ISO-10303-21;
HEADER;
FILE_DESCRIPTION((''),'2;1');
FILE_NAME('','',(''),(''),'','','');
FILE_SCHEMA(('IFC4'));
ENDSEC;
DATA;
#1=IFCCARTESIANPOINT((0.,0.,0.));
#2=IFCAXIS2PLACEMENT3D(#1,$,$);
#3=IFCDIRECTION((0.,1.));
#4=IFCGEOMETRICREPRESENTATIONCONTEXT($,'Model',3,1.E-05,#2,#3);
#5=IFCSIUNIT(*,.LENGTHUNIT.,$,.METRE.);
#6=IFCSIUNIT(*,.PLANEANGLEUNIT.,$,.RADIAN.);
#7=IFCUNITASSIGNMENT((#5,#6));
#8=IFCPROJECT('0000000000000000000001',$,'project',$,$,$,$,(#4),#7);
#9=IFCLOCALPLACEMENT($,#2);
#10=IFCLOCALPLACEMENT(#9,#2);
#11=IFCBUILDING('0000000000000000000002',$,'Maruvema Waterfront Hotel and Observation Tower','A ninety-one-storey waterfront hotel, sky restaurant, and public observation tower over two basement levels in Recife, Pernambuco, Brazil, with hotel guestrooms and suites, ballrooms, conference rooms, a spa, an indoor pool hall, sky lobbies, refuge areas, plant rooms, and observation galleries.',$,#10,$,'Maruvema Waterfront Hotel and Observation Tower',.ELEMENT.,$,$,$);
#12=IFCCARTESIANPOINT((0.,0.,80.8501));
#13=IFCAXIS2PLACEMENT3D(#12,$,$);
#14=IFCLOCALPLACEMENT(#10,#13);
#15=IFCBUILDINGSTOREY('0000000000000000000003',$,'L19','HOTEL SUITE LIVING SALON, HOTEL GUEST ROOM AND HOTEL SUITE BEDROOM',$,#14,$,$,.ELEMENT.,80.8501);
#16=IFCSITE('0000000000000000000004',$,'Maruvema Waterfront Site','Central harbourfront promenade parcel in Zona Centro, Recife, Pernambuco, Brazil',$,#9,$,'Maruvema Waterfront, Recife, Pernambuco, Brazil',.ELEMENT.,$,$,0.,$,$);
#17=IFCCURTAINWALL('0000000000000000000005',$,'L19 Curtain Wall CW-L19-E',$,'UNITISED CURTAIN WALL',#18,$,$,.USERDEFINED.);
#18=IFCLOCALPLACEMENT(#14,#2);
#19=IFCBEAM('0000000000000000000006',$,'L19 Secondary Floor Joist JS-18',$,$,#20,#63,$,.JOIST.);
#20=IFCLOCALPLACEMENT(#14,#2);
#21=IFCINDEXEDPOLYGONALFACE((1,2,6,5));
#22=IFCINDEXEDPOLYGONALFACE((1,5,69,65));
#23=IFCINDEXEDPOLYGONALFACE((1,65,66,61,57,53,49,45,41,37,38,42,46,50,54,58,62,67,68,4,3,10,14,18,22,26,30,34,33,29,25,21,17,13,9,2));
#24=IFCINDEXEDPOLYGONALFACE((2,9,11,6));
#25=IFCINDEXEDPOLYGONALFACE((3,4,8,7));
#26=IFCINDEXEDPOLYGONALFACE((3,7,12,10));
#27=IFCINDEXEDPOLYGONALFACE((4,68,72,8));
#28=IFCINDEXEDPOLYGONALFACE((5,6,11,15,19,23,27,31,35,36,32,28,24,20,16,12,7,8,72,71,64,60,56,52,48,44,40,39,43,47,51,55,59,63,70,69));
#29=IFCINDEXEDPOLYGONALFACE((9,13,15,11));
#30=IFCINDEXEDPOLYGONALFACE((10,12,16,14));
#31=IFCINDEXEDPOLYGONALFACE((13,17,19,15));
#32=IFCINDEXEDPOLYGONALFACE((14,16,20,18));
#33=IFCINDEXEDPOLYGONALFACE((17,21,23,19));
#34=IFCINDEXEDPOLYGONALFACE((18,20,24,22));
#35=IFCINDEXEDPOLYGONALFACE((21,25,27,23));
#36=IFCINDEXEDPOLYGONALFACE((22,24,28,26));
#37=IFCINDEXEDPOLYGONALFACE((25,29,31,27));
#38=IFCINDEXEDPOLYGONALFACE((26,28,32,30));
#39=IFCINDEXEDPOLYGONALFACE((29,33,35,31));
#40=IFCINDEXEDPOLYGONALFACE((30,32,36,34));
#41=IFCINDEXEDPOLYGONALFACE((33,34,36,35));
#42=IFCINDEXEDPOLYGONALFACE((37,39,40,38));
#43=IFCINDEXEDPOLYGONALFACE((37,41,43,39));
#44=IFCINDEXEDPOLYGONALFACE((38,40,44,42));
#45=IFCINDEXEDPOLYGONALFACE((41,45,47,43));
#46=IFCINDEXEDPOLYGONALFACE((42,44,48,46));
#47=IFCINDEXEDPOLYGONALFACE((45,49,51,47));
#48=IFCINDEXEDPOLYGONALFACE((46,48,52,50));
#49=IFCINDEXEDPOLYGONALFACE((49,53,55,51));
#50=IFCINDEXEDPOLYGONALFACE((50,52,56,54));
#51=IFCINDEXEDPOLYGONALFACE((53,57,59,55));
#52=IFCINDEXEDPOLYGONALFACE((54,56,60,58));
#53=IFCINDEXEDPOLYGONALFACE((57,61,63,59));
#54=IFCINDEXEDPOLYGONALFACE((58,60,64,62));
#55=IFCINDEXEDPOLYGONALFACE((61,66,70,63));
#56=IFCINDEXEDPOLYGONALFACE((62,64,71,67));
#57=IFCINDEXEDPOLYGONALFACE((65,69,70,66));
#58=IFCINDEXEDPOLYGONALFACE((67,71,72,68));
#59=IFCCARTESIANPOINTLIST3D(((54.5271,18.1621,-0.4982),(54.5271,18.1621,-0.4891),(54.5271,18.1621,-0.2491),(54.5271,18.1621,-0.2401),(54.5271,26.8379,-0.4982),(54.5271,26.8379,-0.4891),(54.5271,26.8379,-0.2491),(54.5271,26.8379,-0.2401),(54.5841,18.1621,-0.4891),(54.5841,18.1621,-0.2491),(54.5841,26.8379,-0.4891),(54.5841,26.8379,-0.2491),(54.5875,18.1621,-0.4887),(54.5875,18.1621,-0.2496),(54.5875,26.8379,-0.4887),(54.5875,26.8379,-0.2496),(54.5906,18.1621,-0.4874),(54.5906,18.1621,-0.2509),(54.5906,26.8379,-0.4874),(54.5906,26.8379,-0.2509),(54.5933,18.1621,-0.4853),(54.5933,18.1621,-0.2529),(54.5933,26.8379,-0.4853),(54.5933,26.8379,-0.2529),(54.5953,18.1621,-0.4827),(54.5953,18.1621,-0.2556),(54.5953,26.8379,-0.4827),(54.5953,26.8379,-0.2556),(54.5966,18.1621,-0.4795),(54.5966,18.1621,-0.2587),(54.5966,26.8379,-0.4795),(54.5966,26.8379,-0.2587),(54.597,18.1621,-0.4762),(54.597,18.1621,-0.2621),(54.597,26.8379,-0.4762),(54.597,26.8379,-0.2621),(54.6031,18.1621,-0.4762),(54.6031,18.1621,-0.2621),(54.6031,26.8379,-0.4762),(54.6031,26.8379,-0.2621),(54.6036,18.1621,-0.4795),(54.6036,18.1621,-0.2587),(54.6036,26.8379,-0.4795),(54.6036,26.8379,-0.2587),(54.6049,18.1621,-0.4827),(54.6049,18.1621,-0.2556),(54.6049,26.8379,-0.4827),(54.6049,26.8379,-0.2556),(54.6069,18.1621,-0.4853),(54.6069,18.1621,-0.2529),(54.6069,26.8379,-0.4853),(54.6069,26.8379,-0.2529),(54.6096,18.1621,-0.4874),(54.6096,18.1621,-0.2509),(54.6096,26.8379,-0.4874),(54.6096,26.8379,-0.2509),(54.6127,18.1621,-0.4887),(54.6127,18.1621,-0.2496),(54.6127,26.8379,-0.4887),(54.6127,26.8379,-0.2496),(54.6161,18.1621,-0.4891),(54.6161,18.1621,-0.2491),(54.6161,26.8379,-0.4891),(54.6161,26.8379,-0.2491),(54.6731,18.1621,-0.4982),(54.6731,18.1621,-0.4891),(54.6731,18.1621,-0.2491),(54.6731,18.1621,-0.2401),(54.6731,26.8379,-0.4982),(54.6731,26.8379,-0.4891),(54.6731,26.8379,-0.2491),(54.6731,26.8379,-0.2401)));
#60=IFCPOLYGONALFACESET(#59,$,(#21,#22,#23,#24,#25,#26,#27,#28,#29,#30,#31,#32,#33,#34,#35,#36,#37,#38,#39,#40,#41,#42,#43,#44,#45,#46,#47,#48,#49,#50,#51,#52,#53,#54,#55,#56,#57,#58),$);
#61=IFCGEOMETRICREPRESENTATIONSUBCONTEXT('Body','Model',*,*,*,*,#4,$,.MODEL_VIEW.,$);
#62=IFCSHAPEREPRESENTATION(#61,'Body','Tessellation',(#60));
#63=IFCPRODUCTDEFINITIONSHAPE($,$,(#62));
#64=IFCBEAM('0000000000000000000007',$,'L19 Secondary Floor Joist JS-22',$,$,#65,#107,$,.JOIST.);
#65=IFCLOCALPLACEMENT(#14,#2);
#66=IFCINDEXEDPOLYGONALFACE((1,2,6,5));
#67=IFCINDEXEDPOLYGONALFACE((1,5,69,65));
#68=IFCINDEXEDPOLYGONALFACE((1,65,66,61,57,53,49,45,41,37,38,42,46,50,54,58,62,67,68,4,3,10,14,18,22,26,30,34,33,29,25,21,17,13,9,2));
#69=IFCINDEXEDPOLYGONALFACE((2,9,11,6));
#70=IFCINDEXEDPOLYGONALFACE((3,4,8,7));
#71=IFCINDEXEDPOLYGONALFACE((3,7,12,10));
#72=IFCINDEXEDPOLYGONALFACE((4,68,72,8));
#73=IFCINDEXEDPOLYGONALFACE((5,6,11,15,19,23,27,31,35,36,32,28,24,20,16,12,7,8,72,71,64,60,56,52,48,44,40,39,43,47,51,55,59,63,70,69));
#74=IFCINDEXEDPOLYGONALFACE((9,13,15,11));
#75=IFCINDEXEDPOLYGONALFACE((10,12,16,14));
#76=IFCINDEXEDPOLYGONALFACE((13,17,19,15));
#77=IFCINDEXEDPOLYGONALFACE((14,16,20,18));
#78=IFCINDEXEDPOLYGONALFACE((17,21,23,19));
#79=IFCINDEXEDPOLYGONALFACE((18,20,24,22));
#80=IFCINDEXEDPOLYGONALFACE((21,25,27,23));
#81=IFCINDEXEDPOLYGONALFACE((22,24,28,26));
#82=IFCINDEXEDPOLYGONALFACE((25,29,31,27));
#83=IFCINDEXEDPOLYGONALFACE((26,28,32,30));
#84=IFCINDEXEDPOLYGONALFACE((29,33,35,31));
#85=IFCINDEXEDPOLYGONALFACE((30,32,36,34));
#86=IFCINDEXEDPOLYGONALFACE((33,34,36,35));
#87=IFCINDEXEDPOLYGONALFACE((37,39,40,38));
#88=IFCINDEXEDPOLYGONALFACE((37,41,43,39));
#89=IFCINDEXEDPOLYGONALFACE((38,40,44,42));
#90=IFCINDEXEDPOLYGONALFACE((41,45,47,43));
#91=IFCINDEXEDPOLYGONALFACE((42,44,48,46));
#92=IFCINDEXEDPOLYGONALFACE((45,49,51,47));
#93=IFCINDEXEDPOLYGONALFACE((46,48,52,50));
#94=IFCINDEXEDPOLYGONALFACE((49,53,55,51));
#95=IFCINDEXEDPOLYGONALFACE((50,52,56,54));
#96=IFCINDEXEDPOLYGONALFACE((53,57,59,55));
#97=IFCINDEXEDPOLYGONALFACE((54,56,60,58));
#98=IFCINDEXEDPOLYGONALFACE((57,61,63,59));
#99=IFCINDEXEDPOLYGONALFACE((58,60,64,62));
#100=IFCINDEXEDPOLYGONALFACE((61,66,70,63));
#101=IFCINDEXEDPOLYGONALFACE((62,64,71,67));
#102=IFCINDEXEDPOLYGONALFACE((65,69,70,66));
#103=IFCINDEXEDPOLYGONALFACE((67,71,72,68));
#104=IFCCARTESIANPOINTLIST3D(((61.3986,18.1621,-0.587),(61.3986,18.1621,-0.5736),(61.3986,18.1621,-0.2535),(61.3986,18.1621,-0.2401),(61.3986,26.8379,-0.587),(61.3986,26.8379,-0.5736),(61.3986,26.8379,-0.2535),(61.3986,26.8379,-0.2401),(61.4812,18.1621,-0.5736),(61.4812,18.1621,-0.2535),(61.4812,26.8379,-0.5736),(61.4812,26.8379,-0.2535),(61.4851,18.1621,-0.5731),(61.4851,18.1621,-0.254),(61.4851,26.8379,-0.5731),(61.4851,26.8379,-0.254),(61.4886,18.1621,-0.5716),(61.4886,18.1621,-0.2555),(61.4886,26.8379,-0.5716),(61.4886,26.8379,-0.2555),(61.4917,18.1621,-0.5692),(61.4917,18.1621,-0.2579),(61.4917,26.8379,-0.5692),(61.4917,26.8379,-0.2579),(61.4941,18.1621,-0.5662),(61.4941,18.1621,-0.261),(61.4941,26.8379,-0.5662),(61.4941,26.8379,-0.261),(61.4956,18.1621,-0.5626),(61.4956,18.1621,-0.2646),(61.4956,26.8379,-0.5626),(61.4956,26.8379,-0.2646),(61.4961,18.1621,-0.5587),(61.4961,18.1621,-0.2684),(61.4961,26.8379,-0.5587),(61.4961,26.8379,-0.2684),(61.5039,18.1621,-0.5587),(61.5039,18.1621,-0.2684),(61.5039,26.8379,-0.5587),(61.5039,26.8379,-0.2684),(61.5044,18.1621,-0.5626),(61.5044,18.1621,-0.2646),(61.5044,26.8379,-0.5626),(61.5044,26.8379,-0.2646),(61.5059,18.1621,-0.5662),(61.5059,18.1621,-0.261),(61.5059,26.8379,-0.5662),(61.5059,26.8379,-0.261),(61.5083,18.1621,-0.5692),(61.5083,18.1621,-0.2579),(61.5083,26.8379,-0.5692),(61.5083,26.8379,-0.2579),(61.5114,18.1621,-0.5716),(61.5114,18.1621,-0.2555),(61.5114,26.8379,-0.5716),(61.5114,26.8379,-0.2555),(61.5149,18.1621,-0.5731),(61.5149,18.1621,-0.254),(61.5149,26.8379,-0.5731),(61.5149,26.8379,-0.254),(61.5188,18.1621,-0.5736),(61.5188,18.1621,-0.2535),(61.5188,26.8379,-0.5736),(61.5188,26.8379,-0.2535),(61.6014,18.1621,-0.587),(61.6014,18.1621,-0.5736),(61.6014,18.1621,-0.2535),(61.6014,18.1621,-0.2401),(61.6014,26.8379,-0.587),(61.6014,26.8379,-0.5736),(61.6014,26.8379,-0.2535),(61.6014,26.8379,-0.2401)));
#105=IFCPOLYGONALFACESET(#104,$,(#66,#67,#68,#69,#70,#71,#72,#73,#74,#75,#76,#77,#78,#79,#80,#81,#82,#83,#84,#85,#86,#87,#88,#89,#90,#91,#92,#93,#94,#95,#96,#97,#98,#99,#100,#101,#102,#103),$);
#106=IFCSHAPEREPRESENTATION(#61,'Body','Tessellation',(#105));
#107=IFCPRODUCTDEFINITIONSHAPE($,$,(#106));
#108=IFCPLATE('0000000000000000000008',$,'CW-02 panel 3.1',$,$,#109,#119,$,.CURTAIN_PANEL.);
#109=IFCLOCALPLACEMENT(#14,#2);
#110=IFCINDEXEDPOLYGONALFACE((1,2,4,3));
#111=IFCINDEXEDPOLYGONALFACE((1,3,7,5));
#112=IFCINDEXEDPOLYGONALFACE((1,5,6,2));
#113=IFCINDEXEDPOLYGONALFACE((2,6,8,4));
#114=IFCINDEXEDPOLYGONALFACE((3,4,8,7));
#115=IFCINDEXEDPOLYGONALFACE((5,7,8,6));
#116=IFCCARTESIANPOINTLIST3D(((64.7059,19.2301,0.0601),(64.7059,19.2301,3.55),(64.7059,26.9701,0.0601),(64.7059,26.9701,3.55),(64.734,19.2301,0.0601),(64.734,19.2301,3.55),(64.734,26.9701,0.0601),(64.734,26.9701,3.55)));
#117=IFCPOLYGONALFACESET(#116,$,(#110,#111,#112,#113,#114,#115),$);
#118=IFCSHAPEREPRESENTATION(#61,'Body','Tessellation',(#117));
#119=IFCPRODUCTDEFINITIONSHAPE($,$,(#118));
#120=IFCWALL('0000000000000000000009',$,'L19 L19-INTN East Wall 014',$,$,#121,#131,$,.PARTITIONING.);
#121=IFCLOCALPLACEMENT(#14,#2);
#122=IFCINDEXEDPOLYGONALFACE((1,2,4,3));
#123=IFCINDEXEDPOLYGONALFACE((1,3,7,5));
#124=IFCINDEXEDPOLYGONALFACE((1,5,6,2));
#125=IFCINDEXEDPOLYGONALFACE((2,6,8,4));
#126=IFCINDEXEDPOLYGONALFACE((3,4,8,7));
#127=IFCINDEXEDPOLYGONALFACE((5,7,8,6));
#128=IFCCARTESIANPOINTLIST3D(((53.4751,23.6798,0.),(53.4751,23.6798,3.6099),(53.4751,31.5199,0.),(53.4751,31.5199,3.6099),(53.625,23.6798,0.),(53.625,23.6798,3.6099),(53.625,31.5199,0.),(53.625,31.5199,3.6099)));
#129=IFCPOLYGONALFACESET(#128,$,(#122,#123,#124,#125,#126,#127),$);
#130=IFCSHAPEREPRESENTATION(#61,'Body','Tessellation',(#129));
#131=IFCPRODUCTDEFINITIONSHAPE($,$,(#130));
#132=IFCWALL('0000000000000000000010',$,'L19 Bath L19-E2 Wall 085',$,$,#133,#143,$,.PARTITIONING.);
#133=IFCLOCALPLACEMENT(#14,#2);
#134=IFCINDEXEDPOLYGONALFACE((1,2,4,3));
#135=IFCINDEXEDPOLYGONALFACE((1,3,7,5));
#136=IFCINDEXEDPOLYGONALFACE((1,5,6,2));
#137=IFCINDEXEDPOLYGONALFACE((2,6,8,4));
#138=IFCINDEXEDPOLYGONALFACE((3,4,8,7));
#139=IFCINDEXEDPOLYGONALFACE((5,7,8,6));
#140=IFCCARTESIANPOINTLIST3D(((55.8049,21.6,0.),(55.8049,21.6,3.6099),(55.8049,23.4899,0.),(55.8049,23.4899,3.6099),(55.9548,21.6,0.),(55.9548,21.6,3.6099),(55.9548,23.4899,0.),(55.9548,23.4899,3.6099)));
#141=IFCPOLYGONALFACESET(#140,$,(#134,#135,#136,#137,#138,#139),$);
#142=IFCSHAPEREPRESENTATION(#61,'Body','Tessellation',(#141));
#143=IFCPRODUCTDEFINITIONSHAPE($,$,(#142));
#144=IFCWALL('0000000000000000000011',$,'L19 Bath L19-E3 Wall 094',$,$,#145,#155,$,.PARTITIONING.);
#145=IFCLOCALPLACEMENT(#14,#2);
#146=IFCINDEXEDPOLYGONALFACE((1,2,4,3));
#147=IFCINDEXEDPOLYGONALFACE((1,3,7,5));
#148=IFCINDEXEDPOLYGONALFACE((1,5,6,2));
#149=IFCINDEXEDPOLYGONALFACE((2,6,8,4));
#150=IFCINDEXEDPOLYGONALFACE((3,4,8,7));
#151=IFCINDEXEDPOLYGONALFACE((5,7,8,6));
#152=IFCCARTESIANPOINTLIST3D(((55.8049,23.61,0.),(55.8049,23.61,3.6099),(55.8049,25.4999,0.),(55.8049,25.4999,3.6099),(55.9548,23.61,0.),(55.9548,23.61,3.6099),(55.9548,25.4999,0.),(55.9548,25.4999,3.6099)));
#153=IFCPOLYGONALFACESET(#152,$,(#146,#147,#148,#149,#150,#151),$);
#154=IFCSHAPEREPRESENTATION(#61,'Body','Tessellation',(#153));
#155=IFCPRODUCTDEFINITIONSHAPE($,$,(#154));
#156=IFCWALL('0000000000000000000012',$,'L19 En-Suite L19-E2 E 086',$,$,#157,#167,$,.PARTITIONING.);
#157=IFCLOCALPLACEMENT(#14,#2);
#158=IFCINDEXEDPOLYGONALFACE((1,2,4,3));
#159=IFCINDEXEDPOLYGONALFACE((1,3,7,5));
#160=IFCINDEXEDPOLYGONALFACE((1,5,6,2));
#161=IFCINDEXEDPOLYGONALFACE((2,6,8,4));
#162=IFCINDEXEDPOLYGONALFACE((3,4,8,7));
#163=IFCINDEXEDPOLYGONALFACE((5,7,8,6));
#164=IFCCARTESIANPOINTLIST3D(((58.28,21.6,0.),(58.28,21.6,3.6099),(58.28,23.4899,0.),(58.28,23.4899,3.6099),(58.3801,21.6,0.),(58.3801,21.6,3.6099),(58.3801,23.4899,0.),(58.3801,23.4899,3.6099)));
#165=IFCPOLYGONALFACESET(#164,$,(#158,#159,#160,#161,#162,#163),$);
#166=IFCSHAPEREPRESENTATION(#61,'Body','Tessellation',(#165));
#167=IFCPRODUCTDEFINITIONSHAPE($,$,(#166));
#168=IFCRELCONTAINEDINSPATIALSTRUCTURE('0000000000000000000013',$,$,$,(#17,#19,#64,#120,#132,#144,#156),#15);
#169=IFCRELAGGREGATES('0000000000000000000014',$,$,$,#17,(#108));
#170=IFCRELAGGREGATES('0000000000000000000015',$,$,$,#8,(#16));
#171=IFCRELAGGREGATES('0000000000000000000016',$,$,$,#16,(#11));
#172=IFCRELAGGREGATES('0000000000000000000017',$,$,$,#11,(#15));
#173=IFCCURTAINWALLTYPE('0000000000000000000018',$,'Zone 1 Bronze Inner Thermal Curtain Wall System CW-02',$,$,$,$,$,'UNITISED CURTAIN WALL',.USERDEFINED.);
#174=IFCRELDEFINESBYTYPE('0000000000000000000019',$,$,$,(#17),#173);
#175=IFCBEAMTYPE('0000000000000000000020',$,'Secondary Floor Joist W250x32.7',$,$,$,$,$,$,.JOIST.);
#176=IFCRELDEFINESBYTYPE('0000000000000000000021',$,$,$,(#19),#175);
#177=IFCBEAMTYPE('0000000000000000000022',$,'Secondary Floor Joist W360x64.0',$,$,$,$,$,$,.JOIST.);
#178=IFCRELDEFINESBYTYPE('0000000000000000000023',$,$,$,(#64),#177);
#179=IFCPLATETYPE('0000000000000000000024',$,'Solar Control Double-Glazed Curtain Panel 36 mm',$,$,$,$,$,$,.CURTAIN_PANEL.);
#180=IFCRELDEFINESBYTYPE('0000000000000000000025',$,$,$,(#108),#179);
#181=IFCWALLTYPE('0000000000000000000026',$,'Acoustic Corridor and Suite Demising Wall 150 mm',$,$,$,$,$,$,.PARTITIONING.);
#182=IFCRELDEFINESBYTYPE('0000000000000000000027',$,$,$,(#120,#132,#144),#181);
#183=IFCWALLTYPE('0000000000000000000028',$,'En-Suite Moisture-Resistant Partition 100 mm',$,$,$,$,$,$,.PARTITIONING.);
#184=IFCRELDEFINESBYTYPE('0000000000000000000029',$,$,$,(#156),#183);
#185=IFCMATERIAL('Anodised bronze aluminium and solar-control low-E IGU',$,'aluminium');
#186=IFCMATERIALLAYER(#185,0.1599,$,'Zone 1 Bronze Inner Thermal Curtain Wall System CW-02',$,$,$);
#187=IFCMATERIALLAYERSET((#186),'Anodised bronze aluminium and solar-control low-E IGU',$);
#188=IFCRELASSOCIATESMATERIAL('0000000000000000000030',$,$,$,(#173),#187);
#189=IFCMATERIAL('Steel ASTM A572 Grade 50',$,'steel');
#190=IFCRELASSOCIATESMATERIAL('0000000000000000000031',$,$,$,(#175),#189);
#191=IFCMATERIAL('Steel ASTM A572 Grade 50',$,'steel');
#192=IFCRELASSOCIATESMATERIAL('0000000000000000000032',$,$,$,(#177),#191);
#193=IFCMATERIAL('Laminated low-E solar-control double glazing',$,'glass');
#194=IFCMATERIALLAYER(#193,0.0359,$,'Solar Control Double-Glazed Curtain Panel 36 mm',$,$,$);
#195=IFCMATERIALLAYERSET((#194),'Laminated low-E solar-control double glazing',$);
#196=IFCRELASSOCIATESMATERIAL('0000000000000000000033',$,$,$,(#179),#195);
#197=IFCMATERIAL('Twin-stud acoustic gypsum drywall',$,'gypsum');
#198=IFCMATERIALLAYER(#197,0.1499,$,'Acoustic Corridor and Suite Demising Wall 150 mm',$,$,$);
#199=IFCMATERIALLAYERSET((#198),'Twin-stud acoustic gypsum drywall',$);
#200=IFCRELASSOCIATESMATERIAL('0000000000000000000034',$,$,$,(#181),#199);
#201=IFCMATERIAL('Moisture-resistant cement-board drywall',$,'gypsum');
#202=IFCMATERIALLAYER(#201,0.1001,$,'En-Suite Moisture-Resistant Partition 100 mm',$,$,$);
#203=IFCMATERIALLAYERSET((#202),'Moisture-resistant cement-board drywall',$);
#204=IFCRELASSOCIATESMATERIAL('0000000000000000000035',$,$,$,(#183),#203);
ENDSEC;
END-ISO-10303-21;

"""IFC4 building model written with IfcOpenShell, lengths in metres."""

from ifc_helpers import new_model, si_unit, direction, frame, frame_2d, origin, origin_2d, place, context, subcontext, project, spatial, rectangle, i_section, extrude, material, layer, layer_set, material_profile, profile_set, type_object, element, aggregate, save


model = new_model("IFC4")

# Units and contexts
model_context = context("Model", 3, precision=1e-05, world=origin(), true_north=direction((0.0, 1.0)))
body_context = subcontext(model_context, "Body", "Model", "MODEL_VIEW")
ifc_project = project(units=[si_unit("LENGTHUNIT", "METRE"), si_unit("PLANEANGLEUNIT", "RADIAN")], contexts=[model_context])

# Site, building, storey
site_placement = place(None, origin())
site = spatial("IfcSite", under=ifc_project, at=site_placement, Name="Maruvema Waterfront Site", Description="Central harbourfront promenade parcel in Zona Centro, Recife, Pernambuco, Brazil", LongName="Maruvema Waterfront, Recife, Pernambuco, Brazil", CompositionType="ELEMENT", RefElevation=0.0)
building_placement = place(site_placement, origin())
building = spatial("IfcBuilding", under=site, at=building_placement, Name="Maruvema Waterfront Hotel and Observation Tower", Description="A ninety-one-storey waterfront hotel, sky restaurant, and public observation tower over two basement levels in Recife, Pernambuco, Brazil, with hotel guestrooms and suites, ballrooms, conference rooms, a spa, an indoor pool hall, sky lobbies, refuge areas, plant rooms, and observation galleries.", LongName="Maruvema Waterfront Hotel and Observation Tower", CompositionType="ELEMENT")
storey_placement = place(building_placement, frame((0.0, 0.0, 80.8501)))
storey = spatial("IfcBuildingStorey", under=building, at=storey_placement, Name="L19", Description="HOTEL SUITE LIVING SALON, HOTEL GUEST ROOM AND HOTEL SUITE BEDROOM", CompositionType="ELEMENT", Elevation=80.8501)

# Curtain wall
ifc_material_1 = material(Name="Anodised bronze aluminium and solar-control low-E IGU", Category="aluminium")
ifc_layer_1 = layer(ifc_material_1, 0.1599, Name="Zone 1 Bronze Inner Thermal Curtain Wall System CW-02")
ifc_layer_set_1 = layer_set([ifc_layer_1], Name="Anodised bronze aluminium and solar-control low-E IGU")
curtain_wall_type = type_object("IfcCurtainWallType", Name="Zone 1 Bronze Inner Thermal Curtain Wall System CW-02", ElementType="UNITISED CURTAIN WALL", PredefinedType="USERDEFINED", material=ifc_layer_set_1)
curtain_wall_placement = place(storey_placement, origin())
curtain_wall = element("IfcCurtainWall", 1, at=curtain_wall_placement, inside=storey, type_object=curtain_wall_type, Name="L19 Curtain Wall CW-L19-E", ObjectType="UNITISED CURTAIN WALL", PredefinedType="USERDEFINED")

# Beams
ifc_material_2 = material(Name="Steel ASTM A572 Grade 50", Category="steel")
ifc_material_profile_1 = material_profile(ifc_material_2, i_section(OverallWidth=0.146, OverallDepth=0.2581, WebThickness=0.0061, FlangeThickness=0.009, FilletRadius=0.0129, at=origin_2d()), Name="W250x32.7")
ifc_profile_set_1 = profile_set([ifc_material_profile_1], Name="Steel ASTM A572 Grade 50")
beam_type_1 = type_object("IfcBeamType", Name="Secondary Floor Joist W250x32.7", PredefinedType="JOIST", material=ifc_profile_set_1)
beam_1_placement = place(storey_placement, frame((54.6001, 18.1621, -0.3691), z_axis=(0.0, 1.0, 0.0), x_axis=(-1.0, 0.0, 0.0)))
element("IfcBeam", 2, at=beam_1_placement, inside=storey, type_object=beam_type_1, Name="L19 Secondary Floor Joist JS-18", PredefinedType="JOIST", context=body_context, shape_type="SweptSolid", body=[
    extrude(i_section(OverallWidth=0.146, OverallDepth=0.2581, WebThickness=0.0061, FlangeThickness=0.009, FilletRadius=0.0129, at=origin_2d()), origin(), (0.0, 0.0, 1.0), 8.6758),
])
ifc_material_3 = material(Name="Steel ASTM A572 Grade 50", Category="steel")
ifc_material_profile_2 = material_profile(ifc_material_3, i_section(OverallWidth=0.2029, OverallDepth=0.3469, WebThickness=0.0078, FlangeThickness=0.0134, FilletRadius=0.0149, at=origin_2d()), Name="W360x64.0")
ifc_profile_set_2 = profile_set([ifc_material_profile_2], Name="Steel ASTM A572 Grade 50")
beam_type_2 = type_object("IfcBeamType", Name="Secondary Floor Joist W360x64.0", PredefinedType="JOIST", material=ifc_profile_set_2)
beam_2_placement = place(storey_placement, frame((61.5, 18.1621, -0.4136), z_axis=(0.0, 1.0, 0.0), x_axis=(-1.0, 0.0, 0.0)))
element("IfcBeam", 3, at=beam_2_placement, inside=storey, type_object=beam_type_2, Name="L19 Secondary Floor Joist JS-22", PredefinedType="JOIST", context=body_context, shape_type="SweptSolid", body=[
    extrude(i_section(OverallWidth=0.2029, OverallDepth=0.3469, WebThickness=0.0078, FlangeThickness=0.0134, FilletRadius=0.0149, at=origin_2d()), origin(), (0.0, 0.0, 1.0), 8.6758),
])

# Plate
ifc_material_4 = material(Name="Laminated low-E solar-control double glazing", Category="glass")
ifc_layer_2 = layer(ifc_material_4, 0.0359, Name="Solar Control Double-Glazed Curtain Panel 36 mm")
ifc_layer_set_2 = layer_set([ifc_layer_2], Name="Laminated low-E solar-control double glazing")
plate_type = type_object("IfcPlateType", Name="Solar Control Double-Glazed Curtain Panel 36 mm", PredefinedType="CURTAIN_PANEL", material=ifc_layer_set_2)
plate_placement = place(storey_placement, frame((64.72, 23.1001, 0.0601), z_axis=(0.0, 0.0, 1.0), x_axis=(0.0, 1.0, 0.0)))
plate = element("IfcPlate", 4, at=plate_placement, type_object=plate_type, Name="CW-02 panel 3.1", PredefinedType="CURTAIN_PANEL", context=body_context, shape_type="SweptSolid", body=[
    extrude(rectangle(XDim=7.74, YDim=0.0281, at=origin_2d()), origin(), (0.0, 0.0, 1.0), 3.49),
])
aggregate(curtain_wall, [plate])

# Wall
ifc_material_5 = material(Name="Twin-stud acoustic gypsum drywall", Category="gypsum")
ifc_layer_3 = layer(ifc_material_5, 0.1499, Name="Acoustic Corridor and Suite Demising Wall 150 mm")
ifc_layer_set_3 = layer_set([ifc_layer_3], Name="Twin-stud acoustic gypsum drywall")
wall_type_1 = type_object("IfcWallType", Name="Acoustic Corridor and Suite Demising Wall 150 mm", PredefinedType="PARTITIONING", material=ifc_layer_set_3)
wall_1_placement = place(storey_placement, frame((53.55, 23.6799, 0.0), z_axis=(0.0, 0.0, 1.0), x_axis=(0.0, 1.0, 0.0)))
element("IfcWall", 5, at=wall_1_placement, inside=storey, type_object=wall_type_1, Name="L19 L19-INTN East Wall 014", PredefinedType="PARTITIONING", context=body_context, shape_type="SweptSolid", body=[
    extrude(rectangle(XDim=7.8401, YDim=0.1499, at=frame_2d((3.9199, 0.0))), origin(), (0.0, 0.0, 1.0), 3.6099),
])

# Walls
for number, where, z_axis, x_axis, name in (
    (6, (55.8799, 21.6001, 0.0), (0.0, 0.0, 1.0), (0.0, 1.0, 0.0), "L19 Bath L19-E2 Wall 085"),
    (7, (55.8799, 23.6101, 0.0), (0.0, 0.0, 1.0), (0.0, 1.0, 0.0), "L19 Bath L19-E3 Wall 094"),
):
    element("IfcWall", number, at=place(storey_placement, frame(where, z_axis=z_axis, x_axis=x_axis)), inside=storey, type_object=wall_type_1, Name=name, PredefinedType="PARTITIONING", context=body_context, shape_type="SweptSolid", body=[
        extrude(rectangle(XDim=1.8899, YDim=0.1499, at=frame_2d((0.9448, 0.0))), origin(), (0.0, 0.0, 1.0), 3.6099),
    ])

# Wall
ifc_material_6 = material(Name="Moisture-resistant cement-board drywall", Category="gypsum")
ifc_layer_4 = layer(ifc_material_6, 0.1001, Name="En-Suite Moisture-Resistant Partition 100 mm")
ifc_layer_set_4 = layer_set([ifc_layer_4], Name="Moisture-resistant cement-board drywall")
wall_type_2 = type_object("IfcWallType", Name="En-Suite Moisture-Resistant Partition 100 mm", PredefinedType="PARTITIONING", material=ifc_layer_set_4)
wall_2_placement = place(storey_placement, frame((58.3301, 21.6001, 0.0), z_axis=(0.0, 0.0, 1.0), x_axis=(0.0, 1.0, 0.0)))
element("IfcWall", 8, at=wall_2_placement, inside=storey, type_object=wall_type_2, Name="L19 En-Suite L19-E2 E 086", PredefinedType="PARTITIONING", context=body_context, shape_type="SweptSolid", body=[
    extrude(rectangle(XDim=1.8899, YDim=0.1001, at=frame_2d((0.9448, 0.0))), origin(), (0.0, 0.0, 1.0), 3.6099),
])

save(model, "model.ifc")
